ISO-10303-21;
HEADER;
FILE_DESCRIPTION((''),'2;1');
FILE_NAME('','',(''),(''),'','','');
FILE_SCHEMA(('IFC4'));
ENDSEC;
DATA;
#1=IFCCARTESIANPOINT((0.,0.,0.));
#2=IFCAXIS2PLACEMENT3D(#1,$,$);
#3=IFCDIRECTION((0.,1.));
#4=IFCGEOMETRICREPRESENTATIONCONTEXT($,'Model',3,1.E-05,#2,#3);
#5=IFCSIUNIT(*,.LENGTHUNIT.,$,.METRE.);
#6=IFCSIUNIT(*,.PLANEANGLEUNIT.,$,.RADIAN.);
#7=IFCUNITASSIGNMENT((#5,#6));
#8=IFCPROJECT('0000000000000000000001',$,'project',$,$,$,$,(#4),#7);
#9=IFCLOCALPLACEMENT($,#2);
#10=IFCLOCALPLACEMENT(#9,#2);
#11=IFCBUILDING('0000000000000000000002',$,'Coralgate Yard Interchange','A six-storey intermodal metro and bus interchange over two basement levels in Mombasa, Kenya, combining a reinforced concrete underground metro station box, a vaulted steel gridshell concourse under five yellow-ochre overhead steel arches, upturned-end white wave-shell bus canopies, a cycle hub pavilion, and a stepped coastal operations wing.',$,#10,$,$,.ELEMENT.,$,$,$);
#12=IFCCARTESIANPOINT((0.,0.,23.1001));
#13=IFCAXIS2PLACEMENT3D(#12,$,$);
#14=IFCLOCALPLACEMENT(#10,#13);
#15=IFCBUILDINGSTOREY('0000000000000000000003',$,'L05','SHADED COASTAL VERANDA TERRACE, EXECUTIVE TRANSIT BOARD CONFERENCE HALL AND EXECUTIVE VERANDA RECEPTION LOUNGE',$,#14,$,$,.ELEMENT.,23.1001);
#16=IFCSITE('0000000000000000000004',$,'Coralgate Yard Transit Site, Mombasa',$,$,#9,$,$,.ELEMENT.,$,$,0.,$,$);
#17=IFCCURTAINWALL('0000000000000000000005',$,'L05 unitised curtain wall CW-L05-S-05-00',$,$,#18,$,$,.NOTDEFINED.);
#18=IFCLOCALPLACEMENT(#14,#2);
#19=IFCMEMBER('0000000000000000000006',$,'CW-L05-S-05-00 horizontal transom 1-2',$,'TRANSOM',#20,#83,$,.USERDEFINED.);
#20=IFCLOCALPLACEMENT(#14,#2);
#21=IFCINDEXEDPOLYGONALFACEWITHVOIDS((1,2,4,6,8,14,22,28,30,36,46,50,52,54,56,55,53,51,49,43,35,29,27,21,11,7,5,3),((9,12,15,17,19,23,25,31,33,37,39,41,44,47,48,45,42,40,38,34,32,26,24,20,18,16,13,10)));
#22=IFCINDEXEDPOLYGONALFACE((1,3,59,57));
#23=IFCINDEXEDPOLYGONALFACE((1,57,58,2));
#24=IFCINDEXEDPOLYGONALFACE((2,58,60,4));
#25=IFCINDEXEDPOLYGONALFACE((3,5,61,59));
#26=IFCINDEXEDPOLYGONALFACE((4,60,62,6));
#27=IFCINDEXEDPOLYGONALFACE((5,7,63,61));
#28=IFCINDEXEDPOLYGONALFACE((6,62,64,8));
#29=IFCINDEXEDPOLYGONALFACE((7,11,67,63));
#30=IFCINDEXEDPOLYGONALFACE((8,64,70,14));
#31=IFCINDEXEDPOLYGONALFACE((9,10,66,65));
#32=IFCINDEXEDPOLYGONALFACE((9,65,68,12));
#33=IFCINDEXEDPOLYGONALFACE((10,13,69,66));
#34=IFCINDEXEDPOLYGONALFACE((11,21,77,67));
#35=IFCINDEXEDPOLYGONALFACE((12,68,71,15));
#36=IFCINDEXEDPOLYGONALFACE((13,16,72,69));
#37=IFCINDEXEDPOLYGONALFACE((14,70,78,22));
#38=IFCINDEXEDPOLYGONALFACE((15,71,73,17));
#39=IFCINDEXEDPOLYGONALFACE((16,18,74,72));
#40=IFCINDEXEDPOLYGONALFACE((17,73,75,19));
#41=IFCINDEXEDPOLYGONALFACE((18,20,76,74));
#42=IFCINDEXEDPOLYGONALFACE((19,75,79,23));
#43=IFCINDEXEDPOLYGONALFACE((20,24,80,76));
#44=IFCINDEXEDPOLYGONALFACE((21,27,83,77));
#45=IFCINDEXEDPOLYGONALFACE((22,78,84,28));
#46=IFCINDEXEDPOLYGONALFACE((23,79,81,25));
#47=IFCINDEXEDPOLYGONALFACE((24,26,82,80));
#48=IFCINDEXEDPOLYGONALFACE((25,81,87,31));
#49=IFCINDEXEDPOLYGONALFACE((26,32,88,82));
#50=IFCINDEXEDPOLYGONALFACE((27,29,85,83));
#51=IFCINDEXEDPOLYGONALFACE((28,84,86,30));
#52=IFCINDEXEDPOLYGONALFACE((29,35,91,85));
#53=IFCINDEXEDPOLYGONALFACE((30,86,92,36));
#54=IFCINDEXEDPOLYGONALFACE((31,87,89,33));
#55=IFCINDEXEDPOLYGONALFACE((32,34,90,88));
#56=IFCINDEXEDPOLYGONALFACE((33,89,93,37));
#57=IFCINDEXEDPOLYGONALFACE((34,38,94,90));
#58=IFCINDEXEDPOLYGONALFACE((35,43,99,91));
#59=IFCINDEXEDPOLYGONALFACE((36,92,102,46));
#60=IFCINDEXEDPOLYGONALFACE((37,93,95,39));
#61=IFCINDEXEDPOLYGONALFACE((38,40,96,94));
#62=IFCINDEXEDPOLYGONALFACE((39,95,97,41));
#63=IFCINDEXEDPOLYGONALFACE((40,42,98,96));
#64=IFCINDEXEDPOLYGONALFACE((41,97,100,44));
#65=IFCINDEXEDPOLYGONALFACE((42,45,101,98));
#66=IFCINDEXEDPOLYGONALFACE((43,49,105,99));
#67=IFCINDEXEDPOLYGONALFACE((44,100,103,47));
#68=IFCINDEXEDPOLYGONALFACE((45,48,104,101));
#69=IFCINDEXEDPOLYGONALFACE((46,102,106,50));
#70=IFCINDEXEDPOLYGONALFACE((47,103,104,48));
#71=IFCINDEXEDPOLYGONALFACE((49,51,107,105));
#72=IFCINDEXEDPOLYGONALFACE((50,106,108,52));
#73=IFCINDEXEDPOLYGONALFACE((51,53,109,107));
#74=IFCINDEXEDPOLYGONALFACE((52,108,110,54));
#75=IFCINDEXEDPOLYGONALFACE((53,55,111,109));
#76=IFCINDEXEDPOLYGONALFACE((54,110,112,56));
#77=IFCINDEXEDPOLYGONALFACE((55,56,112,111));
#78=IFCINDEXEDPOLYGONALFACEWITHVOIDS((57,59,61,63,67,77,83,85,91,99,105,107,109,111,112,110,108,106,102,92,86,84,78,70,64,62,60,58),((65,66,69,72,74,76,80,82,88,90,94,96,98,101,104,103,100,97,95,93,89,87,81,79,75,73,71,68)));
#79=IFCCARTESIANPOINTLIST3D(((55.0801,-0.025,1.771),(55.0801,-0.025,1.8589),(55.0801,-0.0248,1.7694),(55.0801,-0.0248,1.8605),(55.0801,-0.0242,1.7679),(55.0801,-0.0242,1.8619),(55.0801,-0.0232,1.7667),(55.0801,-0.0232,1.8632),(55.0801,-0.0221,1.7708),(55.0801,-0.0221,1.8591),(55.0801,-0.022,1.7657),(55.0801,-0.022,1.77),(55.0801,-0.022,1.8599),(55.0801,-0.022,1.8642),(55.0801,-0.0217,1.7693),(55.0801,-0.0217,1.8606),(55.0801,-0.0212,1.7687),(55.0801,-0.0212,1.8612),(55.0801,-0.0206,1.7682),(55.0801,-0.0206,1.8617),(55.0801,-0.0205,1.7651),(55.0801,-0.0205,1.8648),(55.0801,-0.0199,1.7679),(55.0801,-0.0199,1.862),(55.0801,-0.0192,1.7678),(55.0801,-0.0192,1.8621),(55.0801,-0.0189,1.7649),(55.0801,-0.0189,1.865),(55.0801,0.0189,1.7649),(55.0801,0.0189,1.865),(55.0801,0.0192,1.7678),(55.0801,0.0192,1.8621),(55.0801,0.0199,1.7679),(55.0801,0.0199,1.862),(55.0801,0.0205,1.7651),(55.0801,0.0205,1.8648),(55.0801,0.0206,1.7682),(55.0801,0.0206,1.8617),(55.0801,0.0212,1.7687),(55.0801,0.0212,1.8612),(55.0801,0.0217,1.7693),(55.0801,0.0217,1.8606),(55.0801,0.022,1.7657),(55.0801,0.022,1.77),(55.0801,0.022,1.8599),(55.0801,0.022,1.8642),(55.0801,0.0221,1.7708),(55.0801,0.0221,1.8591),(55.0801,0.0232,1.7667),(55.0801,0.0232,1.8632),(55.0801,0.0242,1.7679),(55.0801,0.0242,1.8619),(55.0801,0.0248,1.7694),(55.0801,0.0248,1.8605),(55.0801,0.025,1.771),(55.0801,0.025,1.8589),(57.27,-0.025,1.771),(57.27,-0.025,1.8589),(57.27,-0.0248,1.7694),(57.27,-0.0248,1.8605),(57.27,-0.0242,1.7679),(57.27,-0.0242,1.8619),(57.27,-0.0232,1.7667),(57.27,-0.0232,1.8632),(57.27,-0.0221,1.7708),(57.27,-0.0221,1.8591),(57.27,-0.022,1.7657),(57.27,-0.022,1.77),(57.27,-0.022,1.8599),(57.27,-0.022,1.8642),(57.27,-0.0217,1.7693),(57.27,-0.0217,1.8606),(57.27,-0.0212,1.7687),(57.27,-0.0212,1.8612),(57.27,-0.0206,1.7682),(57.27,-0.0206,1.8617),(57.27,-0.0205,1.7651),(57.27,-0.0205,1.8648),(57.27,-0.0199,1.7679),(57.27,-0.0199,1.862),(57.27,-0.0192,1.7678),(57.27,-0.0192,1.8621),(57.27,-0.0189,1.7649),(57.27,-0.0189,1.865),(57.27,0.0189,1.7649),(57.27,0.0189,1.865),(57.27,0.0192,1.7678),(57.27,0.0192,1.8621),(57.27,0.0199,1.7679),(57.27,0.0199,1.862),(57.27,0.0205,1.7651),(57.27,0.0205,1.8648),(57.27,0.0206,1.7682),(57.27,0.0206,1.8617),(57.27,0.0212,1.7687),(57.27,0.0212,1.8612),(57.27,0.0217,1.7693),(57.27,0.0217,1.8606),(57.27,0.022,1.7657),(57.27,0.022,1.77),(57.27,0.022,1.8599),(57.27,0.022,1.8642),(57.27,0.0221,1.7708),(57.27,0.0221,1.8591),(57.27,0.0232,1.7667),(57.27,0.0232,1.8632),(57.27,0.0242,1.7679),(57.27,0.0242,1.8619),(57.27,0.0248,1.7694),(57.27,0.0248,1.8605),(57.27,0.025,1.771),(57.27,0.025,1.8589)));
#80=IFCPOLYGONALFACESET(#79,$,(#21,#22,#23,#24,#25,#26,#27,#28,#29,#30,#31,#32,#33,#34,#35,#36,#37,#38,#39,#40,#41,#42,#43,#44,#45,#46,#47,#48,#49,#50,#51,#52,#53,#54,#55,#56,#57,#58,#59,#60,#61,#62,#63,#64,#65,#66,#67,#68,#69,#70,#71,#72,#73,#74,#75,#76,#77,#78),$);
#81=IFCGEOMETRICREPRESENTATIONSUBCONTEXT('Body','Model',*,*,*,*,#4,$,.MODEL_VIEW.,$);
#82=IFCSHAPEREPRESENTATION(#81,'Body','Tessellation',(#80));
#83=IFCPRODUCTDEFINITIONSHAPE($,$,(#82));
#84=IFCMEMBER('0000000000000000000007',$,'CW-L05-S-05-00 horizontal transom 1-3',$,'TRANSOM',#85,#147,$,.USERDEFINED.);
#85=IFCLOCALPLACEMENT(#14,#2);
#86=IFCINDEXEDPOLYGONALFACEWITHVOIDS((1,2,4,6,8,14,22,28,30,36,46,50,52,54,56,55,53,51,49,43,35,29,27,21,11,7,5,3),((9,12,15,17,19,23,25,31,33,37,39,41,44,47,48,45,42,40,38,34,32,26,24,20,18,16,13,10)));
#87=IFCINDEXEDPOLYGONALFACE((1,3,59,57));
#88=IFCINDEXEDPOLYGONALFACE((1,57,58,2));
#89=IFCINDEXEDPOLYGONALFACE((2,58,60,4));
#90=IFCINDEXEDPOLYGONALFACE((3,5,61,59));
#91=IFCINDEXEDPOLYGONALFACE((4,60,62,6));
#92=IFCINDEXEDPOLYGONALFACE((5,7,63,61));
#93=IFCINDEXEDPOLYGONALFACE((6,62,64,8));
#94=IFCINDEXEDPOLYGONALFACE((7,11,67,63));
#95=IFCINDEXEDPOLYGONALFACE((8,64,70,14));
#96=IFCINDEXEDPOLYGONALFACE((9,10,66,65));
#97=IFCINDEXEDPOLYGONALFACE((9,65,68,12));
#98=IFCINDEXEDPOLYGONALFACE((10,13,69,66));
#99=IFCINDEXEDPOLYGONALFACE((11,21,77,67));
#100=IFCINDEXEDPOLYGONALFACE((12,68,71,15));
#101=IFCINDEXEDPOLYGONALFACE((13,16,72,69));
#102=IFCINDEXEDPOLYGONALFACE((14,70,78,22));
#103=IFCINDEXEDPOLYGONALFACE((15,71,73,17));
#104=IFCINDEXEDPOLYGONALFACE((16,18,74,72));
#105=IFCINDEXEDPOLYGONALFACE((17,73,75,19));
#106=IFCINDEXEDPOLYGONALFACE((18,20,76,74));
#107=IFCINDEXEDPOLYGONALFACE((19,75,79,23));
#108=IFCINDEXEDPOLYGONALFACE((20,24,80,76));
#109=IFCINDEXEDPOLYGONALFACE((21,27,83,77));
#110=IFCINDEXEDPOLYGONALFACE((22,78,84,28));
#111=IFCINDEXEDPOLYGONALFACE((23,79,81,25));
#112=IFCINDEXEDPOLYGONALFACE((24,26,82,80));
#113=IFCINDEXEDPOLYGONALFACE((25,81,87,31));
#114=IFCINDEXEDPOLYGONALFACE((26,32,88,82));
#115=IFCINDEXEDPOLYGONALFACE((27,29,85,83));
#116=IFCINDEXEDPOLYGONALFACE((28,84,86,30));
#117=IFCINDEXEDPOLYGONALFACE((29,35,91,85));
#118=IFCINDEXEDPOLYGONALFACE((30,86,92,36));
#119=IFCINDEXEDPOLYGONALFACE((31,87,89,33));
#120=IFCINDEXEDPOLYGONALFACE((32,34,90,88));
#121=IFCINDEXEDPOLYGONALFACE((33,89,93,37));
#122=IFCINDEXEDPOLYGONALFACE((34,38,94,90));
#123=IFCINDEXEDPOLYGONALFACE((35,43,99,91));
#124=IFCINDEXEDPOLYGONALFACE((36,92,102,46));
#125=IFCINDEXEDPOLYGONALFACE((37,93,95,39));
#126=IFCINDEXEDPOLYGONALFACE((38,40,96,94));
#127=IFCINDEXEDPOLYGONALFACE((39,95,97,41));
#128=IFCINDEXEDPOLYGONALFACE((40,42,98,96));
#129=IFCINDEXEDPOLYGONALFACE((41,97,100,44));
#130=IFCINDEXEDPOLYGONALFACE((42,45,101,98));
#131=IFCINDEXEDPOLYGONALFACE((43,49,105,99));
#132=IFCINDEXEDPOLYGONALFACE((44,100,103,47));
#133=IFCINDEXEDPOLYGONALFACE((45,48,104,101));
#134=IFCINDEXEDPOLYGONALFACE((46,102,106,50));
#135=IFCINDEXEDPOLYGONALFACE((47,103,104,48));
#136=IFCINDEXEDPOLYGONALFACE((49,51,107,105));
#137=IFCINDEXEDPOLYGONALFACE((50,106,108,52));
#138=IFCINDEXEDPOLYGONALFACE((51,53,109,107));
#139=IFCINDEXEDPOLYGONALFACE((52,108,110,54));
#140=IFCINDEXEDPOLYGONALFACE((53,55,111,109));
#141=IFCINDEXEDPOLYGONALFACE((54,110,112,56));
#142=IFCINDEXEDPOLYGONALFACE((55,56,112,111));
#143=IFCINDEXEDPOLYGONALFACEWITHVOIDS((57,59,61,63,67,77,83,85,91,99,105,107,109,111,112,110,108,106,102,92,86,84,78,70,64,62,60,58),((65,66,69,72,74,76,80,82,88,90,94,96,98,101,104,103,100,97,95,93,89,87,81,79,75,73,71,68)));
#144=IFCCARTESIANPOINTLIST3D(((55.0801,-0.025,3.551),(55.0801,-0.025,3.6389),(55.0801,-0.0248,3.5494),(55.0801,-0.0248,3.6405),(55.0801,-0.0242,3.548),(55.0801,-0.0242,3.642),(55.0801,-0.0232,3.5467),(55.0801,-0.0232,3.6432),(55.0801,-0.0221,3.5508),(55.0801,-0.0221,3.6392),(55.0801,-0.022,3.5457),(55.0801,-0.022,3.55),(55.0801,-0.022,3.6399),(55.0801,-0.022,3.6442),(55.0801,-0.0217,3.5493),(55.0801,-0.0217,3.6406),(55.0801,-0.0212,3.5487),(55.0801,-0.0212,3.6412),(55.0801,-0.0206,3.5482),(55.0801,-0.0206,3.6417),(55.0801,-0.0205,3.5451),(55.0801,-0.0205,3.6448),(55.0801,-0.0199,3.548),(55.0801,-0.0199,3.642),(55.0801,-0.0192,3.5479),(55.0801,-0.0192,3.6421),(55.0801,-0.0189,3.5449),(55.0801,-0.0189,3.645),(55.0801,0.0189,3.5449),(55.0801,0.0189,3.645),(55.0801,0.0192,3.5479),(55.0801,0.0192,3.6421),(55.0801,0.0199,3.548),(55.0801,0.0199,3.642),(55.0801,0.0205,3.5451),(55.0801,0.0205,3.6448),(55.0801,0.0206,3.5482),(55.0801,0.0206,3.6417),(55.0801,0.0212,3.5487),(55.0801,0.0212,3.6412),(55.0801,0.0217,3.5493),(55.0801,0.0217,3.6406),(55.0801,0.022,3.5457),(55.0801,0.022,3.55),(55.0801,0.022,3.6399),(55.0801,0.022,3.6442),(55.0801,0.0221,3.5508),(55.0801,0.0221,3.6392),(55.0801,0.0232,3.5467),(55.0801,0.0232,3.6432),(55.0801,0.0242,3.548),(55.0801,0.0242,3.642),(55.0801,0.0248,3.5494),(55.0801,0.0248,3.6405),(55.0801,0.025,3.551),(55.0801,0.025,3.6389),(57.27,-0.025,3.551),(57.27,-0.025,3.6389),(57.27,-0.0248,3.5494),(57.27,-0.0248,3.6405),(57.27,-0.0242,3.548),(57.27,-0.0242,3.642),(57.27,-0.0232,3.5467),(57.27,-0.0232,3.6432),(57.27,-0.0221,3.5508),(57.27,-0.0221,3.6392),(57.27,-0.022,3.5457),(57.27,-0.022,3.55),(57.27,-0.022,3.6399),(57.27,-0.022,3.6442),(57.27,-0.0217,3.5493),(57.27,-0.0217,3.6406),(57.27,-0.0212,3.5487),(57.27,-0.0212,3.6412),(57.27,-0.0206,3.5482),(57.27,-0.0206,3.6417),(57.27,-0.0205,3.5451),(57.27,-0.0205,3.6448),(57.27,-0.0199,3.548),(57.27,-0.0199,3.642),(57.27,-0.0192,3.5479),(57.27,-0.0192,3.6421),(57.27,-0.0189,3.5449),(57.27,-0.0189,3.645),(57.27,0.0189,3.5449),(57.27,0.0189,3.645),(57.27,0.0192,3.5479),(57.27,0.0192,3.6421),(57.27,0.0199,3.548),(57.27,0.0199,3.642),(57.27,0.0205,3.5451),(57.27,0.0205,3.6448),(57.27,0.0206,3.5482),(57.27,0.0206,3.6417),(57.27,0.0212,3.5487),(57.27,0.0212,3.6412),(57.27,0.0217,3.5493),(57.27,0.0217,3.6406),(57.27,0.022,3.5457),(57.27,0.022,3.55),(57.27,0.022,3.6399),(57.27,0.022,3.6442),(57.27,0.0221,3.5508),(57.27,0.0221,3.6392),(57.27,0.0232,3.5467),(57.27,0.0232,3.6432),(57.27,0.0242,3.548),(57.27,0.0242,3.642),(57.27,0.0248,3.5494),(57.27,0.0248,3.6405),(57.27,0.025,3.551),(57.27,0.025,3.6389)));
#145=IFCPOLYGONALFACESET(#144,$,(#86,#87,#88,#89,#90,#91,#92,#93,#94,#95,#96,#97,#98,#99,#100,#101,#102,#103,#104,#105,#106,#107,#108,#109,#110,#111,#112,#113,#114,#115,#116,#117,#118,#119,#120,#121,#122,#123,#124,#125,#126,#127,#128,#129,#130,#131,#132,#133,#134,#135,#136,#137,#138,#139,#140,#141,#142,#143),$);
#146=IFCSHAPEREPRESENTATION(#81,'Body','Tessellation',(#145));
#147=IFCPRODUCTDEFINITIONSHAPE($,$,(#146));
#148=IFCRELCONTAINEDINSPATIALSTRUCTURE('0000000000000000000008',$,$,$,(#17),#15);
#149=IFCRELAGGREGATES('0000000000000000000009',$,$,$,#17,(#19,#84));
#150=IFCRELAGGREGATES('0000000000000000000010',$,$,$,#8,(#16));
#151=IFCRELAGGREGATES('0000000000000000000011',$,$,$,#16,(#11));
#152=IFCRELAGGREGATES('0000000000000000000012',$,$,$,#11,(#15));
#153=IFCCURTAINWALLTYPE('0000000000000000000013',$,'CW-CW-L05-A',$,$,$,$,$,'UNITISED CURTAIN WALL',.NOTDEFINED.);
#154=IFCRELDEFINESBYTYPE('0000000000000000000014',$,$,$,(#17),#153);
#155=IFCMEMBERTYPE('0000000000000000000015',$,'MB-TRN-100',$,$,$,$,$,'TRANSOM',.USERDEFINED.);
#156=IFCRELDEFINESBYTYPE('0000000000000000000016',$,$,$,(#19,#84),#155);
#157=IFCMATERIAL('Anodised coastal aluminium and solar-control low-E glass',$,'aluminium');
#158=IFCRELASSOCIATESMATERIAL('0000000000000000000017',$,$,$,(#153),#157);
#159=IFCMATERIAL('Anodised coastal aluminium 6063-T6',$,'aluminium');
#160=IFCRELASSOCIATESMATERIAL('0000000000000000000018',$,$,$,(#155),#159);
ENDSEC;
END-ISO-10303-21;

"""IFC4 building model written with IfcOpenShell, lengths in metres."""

from ifc_helpers import new_model, si_unit, direction, frame, origin, origin_2d, place, context, subcontext, project, spatial, hollow_rectangle, extrude, material, material_profile, profile_set, type_object, element, aggregate, save


model = new_model("IFC4")

# Units and contexts
model_context = context("Model", 3, precision=1e-05, world=origin(), true_north=direction((0.0, 1.0)))
body_context = subcontext(model_context, "Body", "Model", "MODEL_VIEW")
ifc_project = project(units=[si_unit("LENGTHUNIT", "METRE"), si_unit("PLANEANGLEUNIT", "RADIAN")], contexts=[model_context])

# Site, building, storey
site_placement = place(None, origin())
site = spatial("IfcSite", under=ifc_project, at=site_placement, Name="Coralgate Yard Transit Site, Mombasa", CompositionType="ELEMENT", RefElevation=0.0)
building_placement = place(site_placement, origin())
building = spatial("IfcBuilding", under=site, at=building_placement, Name="Coralgate Yard Interchange", Description="A six-storey intermodal metro and bus interchange over two basement levels in Mombasa, Kenya, combining a reinforced concrete underground metro station box, a vaulted steel gridshell concourse under five yellow-ochre overhead steel arches, upturned-end white wave-shell bus canopies, a cycle hub pavilion, and a stepped coastal operations wing.", CompositionType="ELEMENT")
storey_placement = place(building_placement, frame((0.0, 0.0, 23.1001)))
storey = spatial("IfcBuildingStorey", under=building, at=storey_placement, Name="L05", Description="SHADED COASTAL VERANDA TERRACE, EXECUTIVE TRANSIT BOARD CONFERENCE HALL AND EXECUTIVE VERANDA RECEPTION LOUNGE", CompositionType="ELEMENT", Elevation=23.1001)

# Curtain wall, members
ifc_material_1 = material(Name="Anodised coastal aluminium and solar-control low-E glass", Category="aluminium")
curtain_wall_type = type_object("IfcCurtainWallType", Name="CW-CW-L05-A", ElementType="UNITISED CURTAIN WALL", PredefinedType="NOTDEFINED", material=ifc_material_1)
curtain_wall_placement = place(storey_placement, origin())
curtain_wall = element("IfcCurtainWall", 1, at=curtain_wall_placement, inside=storey, type_object=curtain_wall_type, Name="L05 unitised curtain wall CW-L05-S-05-00", PredefinedType="NOTDEFINED")
ifc_material_2 = material(Name="Anodised coastal aluminium 6063-T6", Category="aluminium")
ifc_material_profile_1 = material_profile(ifc_material_2, hollow_rectangle(XDim=0.05, YDim=0.1001, WallThickness=0.0029, InnerFilletRadius=0.0029, OuterFilletRadius=0.0061, at=origin_2d()), Name="ALU 50x100x3")
ifc_profile_set_1 = profile_set([ifc_material_profile_1], Name="Anodised coastal aluminium 6063-T6")
member_type_1 = type_object("IfcMemberType", Name="MB-TRN-100", ElementType="TRANSOM", PredefinedType="USERDEFINED", material=ifc_profile_set_1)
member_1_placement = place(storey_placement, frame((57.27, 0.0, 1.8149), z_axis=(-1.0, 0.0, 0.0), x_axis=(0.0, -1.0, 0.0)))
member_1 = element("IfcMember", 2, at=member_1_placement, type_object=member_type_1, Name="CW-L05-S-05-00 horizontal transom 1-2", ObjectType="TRANSOM", PredefinedType="USERDEFINED", context=body_context, shape_type="SweptSolid", body=[
    extrude(hollow_rectangle(XDim=0.05, YDim=0.1001, WallThickness=0.0029, InnerFilletRadius=0.0029, OuterFilletRadius=0.0061, at=origin_2d()), origin(), (0.0, 0.0, 1.0), 2.1899),
])
member_2_placement = place(storey_placement, frame((57.27, 0.0, 3.595), z_axis=(-1.0, 0.0, 0.0), x_axis=(0.0, -1.0, 0.0)))
member_2 = element("IfcMember", 3, at=member_2_placement, type_object=member_type_1, Name="CW-L05-S-05-00 horizontal transom 1-3", ObjectType="TRANSOM", PredefinedType="USERDEFINED", context=body_context, shape_type="SweptSolid", body=[
    extrude(hollow_rectangle(XDim=0.05, YDim=0.1001, WallThickness=0.0029, InnerFilletRadius=0.0029, OuterFilletRadius=0.0061, at=origin_2d()), origin(), (0.0, 0.0, 1.0), 2.1899),
])
aggregate(curtain_wall, [member_1, member_2])

save(model, "model.ifc")
